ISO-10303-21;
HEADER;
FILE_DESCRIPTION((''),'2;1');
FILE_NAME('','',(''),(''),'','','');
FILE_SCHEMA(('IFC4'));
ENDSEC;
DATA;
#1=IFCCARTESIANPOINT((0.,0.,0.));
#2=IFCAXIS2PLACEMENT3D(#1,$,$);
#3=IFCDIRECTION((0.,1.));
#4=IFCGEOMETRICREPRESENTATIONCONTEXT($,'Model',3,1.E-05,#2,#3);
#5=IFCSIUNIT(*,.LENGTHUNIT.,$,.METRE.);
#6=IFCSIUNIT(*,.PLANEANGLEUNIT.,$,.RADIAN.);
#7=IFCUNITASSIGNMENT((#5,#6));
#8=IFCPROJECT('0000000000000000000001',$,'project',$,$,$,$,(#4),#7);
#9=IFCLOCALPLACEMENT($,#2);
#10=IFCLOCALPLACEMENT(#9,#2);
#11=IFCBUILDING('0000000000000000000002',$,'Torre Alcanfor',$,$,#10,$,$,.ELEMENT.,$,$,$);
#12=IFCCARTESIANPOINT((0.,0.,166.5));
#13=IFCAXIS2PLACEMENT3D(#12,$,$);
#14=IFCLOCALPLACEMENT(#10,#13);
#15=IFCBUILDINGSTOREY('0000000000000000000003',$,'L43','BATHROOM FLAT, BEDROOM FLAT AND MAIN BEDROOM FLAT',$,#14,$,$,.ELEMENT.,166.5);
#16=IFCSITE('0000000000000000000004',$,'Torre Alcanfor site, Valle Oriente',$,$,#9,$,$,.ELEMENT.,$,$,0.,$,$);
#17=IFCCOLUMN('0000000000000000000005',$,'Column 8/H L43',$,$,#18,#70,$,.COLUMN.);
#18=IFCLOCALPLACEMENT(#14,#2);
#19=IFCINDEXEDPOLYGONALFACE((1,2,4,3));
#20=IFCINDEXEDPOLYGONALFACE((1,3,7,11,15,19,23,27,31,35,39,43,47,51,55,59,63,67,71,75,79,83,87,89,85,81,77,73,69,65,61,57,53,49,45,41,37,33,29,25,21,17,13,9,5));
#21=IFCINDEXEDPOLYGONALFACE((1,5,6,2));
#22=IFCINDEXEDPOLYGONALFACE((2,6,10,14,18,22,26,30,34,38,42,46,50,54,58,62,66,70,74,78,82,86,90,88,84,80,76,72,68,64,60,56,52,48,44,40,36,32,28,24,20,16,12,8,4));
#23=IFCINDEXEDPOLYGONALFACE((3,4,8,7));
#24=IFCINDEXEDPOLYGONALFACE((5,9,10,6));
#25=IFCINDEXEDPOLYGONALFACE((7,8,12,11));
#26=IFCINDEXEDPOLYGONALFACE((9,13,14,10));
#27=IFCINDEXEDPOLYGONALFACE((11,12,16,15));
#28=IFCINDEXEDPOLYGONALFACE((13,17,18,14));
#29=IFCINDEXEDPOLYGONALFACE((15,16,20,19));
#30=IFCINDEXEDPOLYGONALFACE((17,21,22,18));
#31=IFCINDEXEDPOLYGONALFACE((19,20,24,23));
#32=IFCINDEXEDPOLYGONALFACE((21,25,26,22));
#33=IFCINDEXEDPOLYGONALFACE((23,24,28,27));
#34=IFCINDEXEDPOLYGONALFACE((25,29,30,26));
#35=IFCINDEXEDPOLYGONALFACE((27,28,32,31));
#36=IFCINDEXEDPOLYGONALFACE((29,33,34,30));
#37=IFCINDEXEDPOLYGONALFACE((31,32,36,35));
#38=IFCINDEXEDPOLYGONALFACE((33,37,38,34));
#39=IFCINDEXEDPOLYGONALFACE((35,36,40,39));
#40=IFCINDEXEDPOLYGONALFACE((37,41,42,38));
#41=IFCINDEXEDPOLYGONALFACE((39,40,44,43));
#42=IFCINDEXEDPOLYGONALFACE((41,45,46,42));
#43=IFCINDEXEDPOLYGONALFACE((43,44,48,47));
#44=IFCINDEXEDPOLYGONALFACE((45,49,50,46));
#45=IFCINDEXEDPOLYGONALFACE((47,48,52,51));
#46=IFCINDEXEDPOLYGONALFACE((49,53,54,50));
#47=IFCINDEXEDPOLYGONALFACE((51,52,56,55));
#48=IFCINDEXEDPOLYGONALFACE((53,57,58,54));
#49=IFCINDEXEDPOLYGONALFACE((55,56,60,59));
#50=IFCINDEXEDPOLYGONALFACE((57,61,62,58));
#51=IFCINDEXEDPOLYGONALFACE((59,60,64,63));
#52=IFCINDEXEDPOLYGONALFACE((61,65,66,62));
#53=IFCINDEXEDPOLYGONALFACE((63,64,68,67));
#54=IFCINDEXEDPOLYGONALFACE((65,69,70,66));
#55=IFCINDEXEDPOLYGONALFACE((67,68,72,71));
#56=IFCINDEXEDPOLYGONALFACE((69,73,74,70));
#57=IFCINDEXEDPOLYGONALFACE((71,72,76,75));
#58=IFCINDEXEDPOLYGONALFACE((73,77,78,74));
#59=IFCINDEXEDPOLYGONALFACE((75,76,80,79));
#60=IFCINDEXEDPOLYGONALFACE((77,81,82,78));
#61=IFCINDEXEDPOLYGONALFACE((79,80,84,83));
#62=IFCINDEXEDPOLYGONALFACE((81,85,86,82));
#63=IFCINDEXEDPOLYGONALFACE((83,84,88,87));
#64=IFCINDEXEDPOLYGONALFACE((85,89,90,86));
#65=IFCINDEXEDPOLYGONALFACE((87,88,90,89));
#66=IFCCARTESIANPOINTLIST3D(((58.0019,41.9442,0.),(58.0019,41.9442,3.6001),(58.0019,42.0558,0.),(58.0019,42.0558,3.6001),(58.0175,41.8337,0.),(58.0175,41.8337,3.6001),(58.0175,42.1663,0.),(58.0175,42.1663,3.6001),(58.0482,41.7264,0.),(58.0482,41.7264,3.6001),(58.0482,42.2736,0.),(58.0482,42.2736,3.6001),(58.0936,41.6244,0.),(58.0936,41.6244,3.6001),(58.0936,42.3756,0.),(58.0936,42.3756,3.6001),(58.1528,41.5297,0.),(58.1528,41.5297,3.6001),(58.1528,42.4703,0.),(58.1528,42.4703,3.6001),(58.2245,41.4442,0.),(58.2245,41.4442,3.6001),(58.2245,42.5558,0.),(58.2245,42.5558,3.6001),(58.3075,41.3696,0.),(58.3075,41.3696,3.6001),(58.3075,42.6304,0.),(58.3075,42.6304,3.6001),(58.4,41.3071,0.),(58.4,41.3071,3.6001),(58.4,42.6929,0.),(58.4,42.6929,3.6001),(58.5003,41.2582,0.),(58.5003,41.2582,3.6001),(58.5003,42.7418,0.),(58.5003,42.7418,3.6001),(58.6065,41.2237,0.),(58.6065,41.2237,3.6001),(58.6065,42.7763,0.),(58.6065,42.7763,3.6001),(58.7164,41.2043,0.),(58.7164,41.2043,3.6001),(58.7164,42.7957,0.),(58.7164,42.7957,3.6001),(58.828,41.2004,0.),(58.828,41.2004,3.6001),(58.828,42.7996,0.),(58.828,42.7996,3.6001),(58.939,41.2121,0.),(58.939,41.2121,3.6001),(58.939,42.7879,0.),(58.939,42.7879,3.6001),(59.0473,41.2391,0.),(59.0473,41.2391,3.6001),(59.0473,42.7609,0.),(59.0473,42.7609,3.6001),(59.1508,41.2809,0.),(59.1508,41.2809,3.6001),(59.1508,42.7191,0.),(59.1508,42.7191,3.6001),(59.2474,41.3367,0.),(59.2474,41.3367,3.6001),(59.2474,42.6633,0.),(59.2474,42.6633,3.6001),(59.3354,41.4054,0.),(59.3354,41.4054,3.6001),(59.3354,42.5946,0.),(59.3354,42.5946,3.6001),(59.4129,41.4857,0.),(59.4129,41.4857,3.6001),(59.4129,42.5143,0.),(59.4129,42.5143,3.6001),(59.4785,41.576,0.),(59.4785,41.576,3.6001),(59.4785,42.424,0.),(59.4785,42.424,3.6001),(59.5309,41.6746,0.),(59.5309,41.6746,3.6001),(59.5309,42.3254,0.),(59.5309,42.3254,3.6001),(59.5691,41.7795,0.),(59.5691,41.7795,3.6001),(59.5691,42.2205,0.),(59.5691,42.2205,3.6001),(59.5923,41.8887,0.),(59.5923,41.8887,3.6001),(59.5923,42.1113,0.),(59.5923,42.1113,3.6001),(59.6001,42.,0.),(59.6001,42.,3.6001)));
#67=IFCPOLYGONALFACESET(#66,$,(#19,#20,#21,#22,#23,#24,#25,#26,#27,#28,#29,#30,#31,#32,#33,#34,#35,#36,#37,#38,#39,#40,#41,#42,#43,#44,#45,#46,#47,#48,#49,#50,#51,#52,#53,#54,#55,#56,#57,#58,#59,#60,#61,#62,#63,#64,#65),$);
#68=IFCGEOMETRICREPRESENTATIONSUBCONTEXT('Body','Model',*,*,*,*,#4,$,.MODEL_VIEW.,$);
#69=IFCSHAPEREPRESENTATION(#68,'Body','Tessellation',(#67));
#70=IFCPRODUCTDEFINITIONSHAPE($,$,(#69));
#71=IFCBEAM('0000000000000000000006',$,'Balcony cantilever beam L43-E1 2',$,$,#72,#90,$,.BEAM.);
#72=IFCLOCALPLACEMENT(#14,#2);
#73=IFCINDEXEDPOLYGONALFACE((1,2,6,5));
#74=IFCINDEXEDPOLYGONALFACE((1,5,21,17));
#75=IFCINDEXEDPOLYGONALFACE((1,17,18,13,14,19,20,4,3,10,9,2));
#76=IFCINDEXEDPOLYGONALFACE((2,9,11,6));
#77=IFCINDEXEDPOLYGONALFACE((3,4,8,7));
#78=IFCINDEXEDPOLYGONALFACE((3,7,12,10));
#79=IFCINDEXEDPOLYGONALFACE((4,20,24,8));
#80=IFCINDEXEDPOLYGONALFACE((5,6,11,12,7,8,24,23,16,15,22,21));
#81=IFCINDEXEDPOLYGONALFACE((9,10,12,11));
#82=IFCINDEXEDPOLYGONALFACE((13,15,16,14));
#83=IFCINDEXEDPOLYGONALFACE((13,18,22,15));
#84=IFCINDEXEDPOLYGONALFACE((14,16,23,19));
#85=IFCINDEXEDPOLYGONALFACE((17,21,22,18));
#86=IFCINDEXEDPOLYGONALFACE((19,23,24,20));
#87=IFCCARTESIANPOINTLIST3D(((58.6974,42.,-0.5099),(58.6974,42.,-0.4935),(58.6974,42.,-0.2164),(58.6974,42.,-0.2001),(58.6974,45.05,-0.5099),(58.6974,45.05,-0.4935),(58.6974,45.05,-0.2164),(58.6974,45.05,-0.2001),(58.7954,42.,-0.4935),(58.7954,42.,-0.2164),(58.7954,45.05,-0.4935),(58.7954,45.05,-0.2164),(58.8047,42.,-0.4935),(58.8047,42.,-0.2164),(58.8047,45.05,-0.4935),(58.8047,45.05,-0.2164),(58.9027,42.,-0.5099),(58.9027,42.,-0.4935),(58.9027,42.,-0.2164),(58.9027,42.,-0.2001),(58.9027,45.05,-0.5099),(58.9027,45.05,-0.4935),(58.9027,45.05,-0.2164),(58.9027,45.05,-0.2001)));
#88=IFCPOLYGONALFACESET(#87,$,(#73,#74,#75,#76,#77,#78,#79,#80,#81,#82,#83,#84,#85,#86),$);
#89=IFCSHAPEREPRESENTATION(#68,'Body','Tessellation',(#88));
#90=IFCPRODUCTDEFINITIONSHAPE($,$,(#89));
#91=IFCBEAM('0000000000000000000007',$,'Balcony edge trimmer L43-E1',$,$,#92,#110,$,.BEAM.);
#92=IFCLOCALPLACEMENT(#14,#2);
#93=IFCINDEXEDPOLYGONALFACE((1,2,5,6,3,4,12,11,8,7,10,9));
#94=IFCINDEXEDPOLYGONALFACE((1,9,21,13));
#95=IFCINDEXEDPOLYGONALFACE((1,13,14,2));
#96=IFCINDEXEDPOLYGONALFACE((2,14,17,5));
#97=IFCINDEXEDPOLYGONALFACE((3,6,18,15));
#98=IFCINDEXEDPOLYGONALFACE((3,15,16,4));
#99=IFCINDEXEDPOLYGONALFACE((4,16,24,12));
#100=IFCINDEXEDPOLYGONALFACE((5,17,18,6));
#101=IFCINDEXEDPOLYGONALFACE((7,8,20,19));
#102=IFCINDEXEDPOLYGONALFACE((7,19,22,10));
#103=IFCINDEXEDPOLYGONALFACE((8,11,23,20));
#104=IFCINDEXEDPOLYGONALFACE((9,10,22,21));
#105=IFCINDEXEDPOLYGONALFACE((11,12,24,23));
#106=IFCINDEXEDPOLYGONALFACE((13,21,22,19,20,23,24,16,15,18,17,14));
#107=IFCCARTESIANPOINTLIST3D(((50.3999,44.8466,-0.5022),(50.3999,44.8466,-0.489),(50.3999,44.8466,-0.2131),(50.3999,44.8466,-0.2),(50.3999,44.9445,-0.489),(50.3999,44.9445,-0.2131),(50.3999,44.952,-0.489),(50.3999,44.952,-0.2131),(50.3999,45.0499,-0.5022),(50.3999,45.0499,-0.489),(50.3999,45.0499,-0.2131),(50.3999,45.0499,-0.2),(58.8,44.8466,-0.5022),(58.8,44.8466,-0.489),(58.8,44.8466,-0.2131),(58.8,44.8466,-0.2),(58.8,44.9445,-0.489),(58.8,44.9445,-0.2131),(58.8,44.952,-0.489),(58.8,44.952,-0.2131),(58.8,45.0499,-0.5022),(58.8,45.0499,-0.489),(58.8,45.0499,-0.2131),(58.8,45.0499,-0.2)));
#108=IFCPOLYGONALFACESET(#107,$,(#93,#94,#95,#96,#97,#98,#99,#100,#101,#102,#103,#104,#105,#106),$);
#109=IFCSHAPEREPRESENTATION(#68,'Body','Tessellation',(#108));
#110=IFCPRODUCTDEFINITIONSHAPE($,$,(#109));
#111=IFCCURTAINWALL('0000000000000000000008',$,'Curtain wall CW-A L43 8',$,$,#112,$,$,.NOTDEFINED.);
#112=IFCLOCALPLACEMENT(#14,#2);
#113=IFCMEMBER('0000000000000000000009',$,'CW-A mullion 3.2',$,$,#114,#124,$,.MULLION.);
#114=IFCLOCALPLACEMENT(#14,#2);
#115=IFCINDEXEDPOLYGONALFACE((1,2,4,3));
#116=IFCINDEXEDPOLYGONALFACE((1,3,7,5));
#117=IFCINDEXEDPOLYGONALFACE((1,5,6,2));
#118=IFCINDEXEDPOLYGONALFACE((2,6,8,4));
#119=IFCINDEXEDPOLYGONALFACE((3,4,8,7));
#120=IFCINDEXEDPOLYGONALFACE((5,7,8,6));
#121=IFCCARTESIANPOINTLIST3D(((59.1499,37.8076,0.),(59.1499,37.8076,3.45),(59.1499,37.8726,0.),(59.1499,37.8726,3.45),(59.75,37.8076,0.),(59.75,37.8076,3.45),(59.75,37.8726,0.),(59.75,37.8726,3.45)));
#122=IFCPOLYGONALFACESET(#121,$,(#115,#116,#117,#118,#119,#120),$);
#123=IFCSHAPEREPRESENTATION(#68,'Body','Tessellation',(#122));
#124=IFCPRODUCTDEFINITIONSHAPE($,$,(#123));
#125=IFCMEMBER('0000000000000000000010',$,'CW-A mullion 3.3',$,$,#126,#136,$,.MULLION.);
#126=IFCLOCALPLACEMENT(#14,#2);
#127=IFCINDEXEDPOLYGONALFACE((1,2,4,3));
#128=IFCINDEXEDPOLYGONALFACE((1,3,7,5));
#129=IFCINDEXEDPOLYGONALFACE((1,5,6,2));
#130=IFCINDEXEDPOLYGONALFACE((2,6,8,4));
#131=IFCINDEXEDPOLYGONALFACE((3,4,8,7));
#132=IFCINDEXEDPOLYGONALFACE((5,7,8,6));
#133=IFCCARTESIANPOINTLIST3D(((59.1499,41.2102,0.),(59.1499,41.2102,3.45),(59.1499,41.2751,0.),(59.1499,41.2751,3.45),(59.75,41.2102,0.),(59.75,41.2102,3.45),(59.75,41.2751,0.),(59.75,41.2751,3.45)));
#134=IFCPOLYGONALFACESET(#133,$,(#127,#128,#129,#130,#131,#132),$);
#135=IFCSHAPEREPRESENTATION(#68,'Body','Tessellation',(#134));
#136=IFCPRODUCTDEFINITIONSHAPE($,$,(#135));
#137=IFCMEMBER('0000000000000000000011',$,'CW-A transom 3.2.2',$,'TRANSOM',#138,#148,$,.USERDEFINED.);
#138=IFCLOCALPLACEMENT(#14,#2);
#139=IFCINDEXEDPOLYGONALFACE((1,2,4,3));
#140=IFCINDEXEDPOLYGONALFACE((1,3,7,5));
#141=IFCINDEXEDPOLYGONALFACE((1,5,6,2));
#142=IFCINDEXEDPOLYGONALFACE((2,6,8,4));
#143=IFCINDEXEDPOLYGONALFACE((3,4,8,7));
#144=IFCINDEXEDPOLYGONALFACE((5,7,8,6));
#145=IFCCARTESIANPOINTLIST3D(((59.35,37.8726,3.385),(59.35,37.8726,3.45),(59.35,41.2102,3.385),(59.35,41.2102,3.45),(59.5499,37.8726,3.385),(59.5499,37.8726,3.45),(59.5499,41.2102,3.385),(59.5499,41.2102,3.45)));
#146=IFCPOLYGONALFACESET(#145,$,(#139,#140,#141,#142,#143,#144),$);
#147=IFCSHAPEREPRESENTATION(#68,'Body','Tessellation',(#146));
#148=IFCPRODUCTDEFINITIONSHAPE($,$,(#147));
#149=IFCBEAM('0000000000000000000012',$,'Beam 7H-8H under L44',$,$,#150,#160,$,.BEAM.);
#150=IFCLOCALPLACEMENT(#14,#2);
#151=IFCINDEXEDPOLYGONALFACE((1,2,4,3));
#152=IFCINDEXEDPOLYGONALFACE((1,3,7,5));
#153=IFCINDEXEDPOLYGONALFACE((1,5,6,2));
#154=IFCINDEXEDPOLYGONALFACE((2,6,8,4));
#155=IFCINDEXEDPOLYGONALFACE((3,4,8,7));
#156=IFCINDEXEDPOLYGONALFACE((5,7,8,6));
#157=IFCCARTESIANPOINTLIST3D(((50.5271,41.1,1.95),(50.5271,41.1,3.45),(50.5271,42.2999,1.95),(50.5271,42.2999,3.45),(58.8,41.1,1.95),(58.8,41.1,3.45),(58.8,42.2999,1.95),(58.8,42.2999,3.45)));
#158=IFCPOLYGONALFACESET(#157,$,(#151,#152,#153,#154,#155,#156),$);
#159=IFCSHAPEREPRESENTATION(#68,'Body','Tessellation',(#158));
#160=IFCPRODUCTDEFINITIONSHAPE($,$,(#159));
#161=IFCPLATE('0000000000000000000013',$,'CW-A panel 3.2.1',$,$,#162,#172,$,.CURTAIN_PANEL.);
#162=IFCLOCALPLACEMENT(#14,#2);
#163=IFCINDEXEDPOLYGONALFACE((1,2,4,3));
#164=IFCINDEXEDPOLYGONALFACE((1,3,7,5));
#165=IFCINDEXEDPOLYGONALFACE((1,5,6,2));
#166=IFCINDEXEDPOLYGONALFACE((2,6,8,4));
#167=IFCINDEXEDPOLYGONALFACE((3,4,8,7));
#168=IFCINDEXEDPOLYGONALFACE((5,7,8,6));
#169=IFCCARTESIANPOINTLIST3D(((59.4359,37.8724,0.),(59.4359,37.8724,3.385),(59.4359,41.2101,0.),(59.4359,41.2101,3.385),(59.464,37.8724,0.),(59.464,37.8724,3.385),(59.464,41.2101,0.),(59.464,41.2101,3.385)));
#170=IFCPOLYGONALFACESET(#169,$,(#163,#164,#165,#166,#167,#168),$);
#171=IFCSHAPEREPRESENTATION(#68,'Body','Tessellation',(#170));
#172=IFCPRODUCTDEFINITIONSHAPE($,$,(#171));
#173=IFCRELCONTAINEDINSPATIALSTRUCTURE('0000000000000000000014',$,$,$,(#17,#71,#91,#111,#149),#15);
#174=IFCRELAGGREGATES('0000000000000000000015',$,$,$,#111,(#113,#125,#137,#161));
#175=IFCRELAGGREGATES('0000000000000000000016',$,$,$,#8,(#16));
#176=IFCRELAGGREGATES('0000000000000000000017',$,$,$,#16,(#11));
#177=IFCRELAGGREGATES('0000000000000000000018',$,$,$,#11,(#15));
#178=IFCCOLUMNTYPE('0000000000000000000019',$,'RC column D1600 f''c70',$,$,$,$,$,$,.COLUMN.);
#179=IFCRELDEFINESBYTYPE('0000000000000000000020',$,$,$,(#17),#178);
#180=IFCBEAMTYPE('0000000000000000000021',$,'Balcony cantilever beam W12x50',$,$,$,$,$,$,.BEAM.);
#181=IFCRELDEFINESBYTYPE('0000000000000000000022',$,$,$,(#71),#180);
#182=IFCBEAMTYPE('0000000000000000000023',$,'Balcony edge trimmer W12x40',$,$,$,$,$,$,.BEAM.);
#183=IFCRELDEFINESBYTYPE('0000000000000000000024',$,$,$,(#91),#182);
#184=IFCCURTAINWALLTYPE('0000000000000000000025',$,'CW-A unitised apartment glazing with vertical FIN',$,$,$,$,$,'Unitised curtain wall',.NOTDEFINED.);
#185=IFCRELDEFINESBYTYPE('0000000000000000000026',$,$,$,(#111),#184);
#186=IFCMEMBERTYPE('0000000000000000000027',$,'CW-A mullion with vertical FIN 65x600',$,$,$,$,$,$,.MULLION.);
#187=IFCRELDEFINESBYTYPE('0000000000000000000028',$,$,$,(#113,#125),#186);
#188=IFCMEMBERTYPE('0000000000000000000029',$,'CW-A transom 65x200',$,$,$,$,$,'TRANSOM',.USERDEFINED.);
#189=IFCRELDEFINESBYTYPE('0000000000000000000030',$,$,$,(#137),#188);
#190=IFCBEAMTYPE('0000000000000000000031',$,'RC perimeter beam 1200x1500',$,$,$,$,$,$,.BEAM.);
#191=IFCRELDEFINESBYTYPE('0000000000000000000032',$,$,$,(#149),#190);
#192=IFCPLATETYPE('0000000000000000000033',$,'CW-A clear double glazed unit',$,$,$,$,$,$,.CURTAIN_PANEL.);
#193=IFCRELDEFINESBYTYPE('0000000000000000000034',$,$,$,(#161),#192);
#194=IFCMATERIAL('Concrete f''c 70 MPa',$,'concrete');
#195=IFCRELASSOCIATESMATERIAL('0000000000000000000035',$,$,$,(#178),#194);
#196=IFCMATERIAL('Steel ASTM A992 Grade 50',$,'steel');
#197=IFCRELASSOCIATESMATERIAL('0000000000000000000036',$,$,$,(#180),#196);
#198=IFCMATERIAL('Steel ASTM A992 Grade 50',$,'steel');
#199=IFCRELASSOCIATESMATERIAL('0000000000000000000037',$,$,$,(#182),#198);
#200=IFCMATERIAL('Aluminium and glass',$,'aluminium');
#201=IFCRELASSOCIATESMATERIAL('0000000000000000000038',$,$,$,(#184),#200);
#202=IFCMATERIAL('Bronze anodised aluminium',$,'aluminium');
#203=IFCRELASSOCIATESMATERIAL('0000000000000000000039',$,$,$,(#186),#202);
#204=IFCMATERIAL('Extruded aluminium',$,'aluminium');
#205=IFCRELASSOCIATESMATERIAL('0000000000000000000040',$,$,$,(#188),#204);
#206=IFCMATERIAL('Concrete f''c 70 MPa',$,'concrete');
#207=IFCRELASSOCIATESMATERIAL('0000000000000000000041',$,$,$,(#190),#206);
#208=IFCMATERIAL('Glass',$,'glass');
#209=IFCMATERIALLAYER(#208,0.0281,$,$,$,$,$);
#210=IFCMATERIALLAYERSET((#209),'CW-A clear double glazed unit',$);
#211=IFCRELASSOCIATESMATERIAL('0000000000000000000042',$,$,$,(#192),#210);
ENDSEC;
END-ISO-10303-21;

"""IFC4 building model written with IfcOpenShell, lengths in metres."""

from ifc_helpers import new_model, si_unit, direction, frame, origin, origin_2d, place, context, subcontext, project, spatial, rectangle, circle, i_section, extrude, material, layer, layer_set, material_profile, profile_set, type_object, element, aggregate, save


model = new_model("IFC4")

# Units and contexts
model_context = context("Model", 3, precision=1e-05, world=origin(), true_north=direction((0.0, 1.0)))
body_context = subcontext(model_context, "Body", "Model", "MODEL_VIEW")
ifc_project = project(units=[si_unit("LENGTHUNIT", "METRE"), si_unit("PLANEANGLEUNIT", "RADIAN")], contexts=[model_context])

# Site, building, storey
site_placement = place(None, origin())
site = spatial("IfcSite", under=ifc_project, at=site_placement, Name="Torre Alcanfor site, Valle Oriente", CompositionType="ELEMENT", RefElevation=0.0)
building_placement = place(site_placement, origin())
building = spatial("IfcBuilding", under=site, at=building_placement, Name="Torre Alcanfor", CompositionType="ELEMENT")
storey_placement = place(building_placement, frame((0.0, 0.0, 166.5)))
storey = spatial("IfcBuildingStorey", under=building, at=storey_placement, Name="L43", Description="BATHROOM FLAT, BEDROOM FLAT AND MAIN BEDROOM FLAT", CompositionType="ELEMENT", Elevation=166.5)

# Column
ifc_material_1 = material(Name="Concrete f'c 70 MPa", Category="concrete")
ifc_material_profile_1 = material_profile(ifc_material_1, circle(Radius=0.8, at=origin_2d()), Name="D1600")
ifc_profile_set_1 = profile_set([ifc_material_profile_1], Name="Concrete f'c 70 MPa")
column_type = type_object("IfcColumnType", Name="RC column D1600 f'c70", PredefinedType="COLUMN", material=ifc_profile_set_1)
column_placement = place(storey_placement, frame((58.8, 42.0, 0.0), z_axis=(0.0, 0.0, 1.0), x_axis=(1.0, 0.0, 0.0)))
element("IfcColumn", 1, at=column_placement, inside=storey, type_object=column_type, Name="Column 8/H L43", PredefinedType="COLUMN", context=body_context, shape_type="SweptSolid", body=[
    extrude(circle(Radius=0.8, at=origin_2d()), origin(), (0.0, 0.0, 1.0), 3.6001),
])

# Beams
ifc_material_2 = material(Name="Steel ASTM A992 Grade 50", Category="steel")
ifc_material_profile_2 = material_profile(ifc_material_2, i_section(OverallWidth=0.2053, OverallDepth=0.3098, WebThickness=0.0093, FlangeThickness=0.0164, at=origin_2d()), Name="W12x50")
ifc_profile_set_2 = profile_set([ifc_material_profile_2], Name="Steel ASTM A992 Grade 50")
beam_type_1 = type_object("IfcBeamType", Name="Balcony cantilever beam W12x50", PredefinedType="BEAM", material=ifc_profile_set_2)
beam_1_placement = place(storey_placement, frame((58.8, 42.0, -0.355), z_axis=(0.0, 1.0, 0.0), x_axis=(-1.0, 0.0, 0.0)))
element("IfcBeam", 2, at=beam_1_placement, inside=storey, type_object=beam_type_1, Name="Balcony cantilever beam L43-E1 2", PredefinedType="BEAM", context=body_context, shape_type="SweptSolid", body=[
    extrude(i_section(OverallWidth=0.2053, OverallDepth=0.3098, WebThickness=0.0093, FlangeThickness=0.0164, at=origin_2d()), origin(), (0.0, 0.0, 1.0), 3.05),
])
ifc_material_3 = material(Name="Steel ASTM A992 Grade 50", Category="steel")
ifc_material_profile_3 = material_profile(ifc_material_3, i_section(OverallWidth=0.2034, OverallDepth=0.3022, WebThickness=0.0076, FlangeThickness=0.0132, at=origin_2d()), Name="W12x40")
ifc_profile_set_3 = profile_set([ifc_material_profile_3], Name="Steel ASTM A992 Grade 50")
beam_type_2 = type_object("IfcBeamType", Name="Balcony edge trimmer W12x40", PredefinedType="BEAM", material=ifc_profile_set_3)
beam_2_placement = place(storey_placement, frame((50.3999, 44.9482, -0.3511), z_axis=(1.0, 0.0, 0.0), x_axis=(0.0, 1.0, 0.0)))
element("IfcBeam", 3, at=beam_2_placement, inside=storey, type_object=beam_type_2, Name="Balcony edge trimmer L43-E1", PredefinedType="BEAM", context=body_context, shape_type="SweptSolid", body=[
    extrude(i_section(OverallWidth=0.2034, OverallDepth=0.3022, WebThickness=0.0076, FlangeThickness=0.0132, at=origin_2d()), origin(), (0.0, 0.0, 1.0), 8.4001),
])

# Curtain wall, members
ifc_material_4 = material(Name="Aluminium and glass", Category="aluminium")
curtain_wall_type = type_object("IfcCurtainWallType", Name="CW-A unitised apartment glazing with vertical FIN", ElementType="Unitised curtain wall", PredefinedType="NOTDEFINED", material=ifc_material_4)
curtain_wall_placement = place(storey_placement, origin())
curtain_wall = element("IfcCurtainWall", 4, at=curtain_wall_placement, inside=storey, type_object=curtain_wall_type, Name="Curtain wall CW-A L43 8", PredefinedType="NOTDEFINED")
ifc_material_5 = material(Name="Bronze anodised aluminium", Category="aluminium")
ifc_material_profile_4 = material_profile(ifc_material_5, rectangle(XDim=0.6001, YDim=0.0649, at=origin_2d()), Name="CW-A mullion 65x600")
ifc_profile_set_4 = profile_set([ifc_material_profile_4], Name="Bronze anodised aluminium")
member_type_1 = type_object("IfcMemberType", Name="CW-A mullion with vertical FIN 65x600", PredefinedType="MULLION", material=ifc_profile_set_4)
member_1_placement = place(storey_placement, frame((59.45, 37.8401, 0.0), z_axis=(0.0, 0.0, 1.0), x_axis=(-1.0, 0.0, 0.0)))
member_1 = element("IfcMember", 5, at=member_1_placement, type_object=member_type_1, Name="CW-A mullion 3.2", PredefinedType="MULLION", context=body_context, shape_type="SweptSolid", body=[
    extrude(rectangle(XDim=0.6001, YDim=0.0649, at=origin_2d()), origin(), (0.0, 0.0, 1.0), 3.45),
])
member_2_placement = place(storey_placement, frame((59.45, 41.2427, 0.0), z_axis=(0.0, 0.0, 1.0), x_axis=(-1.0, 0.0, 0.0)))
member_2 = element("IfcMember", 6, at=member_2_placement, type_object=member_type_1, Name="CW-A mullion 3.3", PredefinedType="MULLION", context=body_context, shape_type="SweptSolid", body=[
    extrude(rectangle(XDim=0.6001, YDim=0.0649, at=origin_2d()), origin(), (0.0, 0.0, 1.0), 3.45),
])
ifc_material_6 = material(Name="Extruded aluminium", Category="aluminium")
ifc_material_profile_5 = material_profile(ifc_material_6, rectangle(XDim=0.2, YDim=0.0649, at=origin_2d()), Name="CW-A transom 200x65")
ifc_profile_set_5 = profile_set([ifc_material_profile_5], Name="Extruded aluminium")
member_type_2 = type_object("IfcMemberType", Name="CW-A transom 65x200", ElementType="TRANSOM", PredefinedType="USERDEFINED", material=ifc_profile_set_5)
member_3_placement = place(storey_placement, frame((59.45, 37.8726, 3.4175), z_axis=(0.0, 1.0, 0.0), x_axis=(-1.0, 0.0, 0.0)))
member_3 = element("IfcMember", 7, at=member_3_placement, type_object=member_type_2, Name="CW-A transom 3.2.2", ObjectType="TRANSOM", PredefinedType="USERDEFINED", context=body_context, shape_type="SweptSolid", body=[
    extrude(rectangle(XDim=0.2, YDim=0.0649, at=origin_2d()), origin(), (0.0, 0.0, 1.0), 3.3376),
])

# Beam
ifc_material_7 = material(Name="Concrete f'c 70 MPa", Category="concrete")
ifc_material_profile_6 = material_profile(ifc_material_7, rectangle(XDim=1.2, YDim=1.5, at=origin_2d()), Name="1200x1500")
ifc_profile_set_6 = profile_set([ifc_material_profile_6], Name="Concrete f'c 70 MPa")
beam_type_3 = type_object("IfcBeamType", Name="RC perimeter beam 1200x1500", PredefinedType="BEAM", material=ifc_profile_set_6)
beam_3_placement = place(storey_placement, frame((50.5271, 41.7, 2.7), z_axis=(1.0, 0.0, 0.0), x_axis=(0.0, 1.0, 0.0)))
element("IfcBeam", 8, at=beam_3_placement, inside=storey, type_object=beam_type_3, Name="Beam 7H-8H under L44", PredefinedType="BEAM", context=body_context, shape_type="SweptSolid", body=[
    extrude(rectangle(XDim=1.2, YDim=1.5, at=origin_2d()), origin(), (0.0, 0.0, 1.0), 8.2729),
])

# Plate
ifc_material_8 = material(Name="Glass", Category="glass")
ifc_layer_1 = layer(ifc_material_8, 0.0281)
ifc_layer_set_1 = layer_set([ifc_layer_1], Name="CW-A clear double glazed unit")
plate_type = type_object("IfcPlateType", Name="CW-A clear double glazed unit", PredefinedType="CURTAIN_PANEL", material=ifc_layer_set_1)
plate_placement = place(storey_placement, frame((59.45, 39.5413, 0.0), z_axis=(0.0, 0.0, 1.0), x_axis=(0.0, 1.0, 0.0)))
plate = element("IfcPlate", 9, at=plate_placement, type_object=plate_type, Name="CW-A panel 3.2.1", PredefinedType="CURTAIN_PANEL", context=body_context, shape_type="SweptSolid", body=[
    extrude(rectangle(XDim=3.3376, YDim=0.0281, at=origin_2d()), origin(), (0.0, 0.0, 1.0), 3.385),
])
aggregate(curtain_wall, [member_1, member_2, member_3, plate])

save(model, "model.ifc")
